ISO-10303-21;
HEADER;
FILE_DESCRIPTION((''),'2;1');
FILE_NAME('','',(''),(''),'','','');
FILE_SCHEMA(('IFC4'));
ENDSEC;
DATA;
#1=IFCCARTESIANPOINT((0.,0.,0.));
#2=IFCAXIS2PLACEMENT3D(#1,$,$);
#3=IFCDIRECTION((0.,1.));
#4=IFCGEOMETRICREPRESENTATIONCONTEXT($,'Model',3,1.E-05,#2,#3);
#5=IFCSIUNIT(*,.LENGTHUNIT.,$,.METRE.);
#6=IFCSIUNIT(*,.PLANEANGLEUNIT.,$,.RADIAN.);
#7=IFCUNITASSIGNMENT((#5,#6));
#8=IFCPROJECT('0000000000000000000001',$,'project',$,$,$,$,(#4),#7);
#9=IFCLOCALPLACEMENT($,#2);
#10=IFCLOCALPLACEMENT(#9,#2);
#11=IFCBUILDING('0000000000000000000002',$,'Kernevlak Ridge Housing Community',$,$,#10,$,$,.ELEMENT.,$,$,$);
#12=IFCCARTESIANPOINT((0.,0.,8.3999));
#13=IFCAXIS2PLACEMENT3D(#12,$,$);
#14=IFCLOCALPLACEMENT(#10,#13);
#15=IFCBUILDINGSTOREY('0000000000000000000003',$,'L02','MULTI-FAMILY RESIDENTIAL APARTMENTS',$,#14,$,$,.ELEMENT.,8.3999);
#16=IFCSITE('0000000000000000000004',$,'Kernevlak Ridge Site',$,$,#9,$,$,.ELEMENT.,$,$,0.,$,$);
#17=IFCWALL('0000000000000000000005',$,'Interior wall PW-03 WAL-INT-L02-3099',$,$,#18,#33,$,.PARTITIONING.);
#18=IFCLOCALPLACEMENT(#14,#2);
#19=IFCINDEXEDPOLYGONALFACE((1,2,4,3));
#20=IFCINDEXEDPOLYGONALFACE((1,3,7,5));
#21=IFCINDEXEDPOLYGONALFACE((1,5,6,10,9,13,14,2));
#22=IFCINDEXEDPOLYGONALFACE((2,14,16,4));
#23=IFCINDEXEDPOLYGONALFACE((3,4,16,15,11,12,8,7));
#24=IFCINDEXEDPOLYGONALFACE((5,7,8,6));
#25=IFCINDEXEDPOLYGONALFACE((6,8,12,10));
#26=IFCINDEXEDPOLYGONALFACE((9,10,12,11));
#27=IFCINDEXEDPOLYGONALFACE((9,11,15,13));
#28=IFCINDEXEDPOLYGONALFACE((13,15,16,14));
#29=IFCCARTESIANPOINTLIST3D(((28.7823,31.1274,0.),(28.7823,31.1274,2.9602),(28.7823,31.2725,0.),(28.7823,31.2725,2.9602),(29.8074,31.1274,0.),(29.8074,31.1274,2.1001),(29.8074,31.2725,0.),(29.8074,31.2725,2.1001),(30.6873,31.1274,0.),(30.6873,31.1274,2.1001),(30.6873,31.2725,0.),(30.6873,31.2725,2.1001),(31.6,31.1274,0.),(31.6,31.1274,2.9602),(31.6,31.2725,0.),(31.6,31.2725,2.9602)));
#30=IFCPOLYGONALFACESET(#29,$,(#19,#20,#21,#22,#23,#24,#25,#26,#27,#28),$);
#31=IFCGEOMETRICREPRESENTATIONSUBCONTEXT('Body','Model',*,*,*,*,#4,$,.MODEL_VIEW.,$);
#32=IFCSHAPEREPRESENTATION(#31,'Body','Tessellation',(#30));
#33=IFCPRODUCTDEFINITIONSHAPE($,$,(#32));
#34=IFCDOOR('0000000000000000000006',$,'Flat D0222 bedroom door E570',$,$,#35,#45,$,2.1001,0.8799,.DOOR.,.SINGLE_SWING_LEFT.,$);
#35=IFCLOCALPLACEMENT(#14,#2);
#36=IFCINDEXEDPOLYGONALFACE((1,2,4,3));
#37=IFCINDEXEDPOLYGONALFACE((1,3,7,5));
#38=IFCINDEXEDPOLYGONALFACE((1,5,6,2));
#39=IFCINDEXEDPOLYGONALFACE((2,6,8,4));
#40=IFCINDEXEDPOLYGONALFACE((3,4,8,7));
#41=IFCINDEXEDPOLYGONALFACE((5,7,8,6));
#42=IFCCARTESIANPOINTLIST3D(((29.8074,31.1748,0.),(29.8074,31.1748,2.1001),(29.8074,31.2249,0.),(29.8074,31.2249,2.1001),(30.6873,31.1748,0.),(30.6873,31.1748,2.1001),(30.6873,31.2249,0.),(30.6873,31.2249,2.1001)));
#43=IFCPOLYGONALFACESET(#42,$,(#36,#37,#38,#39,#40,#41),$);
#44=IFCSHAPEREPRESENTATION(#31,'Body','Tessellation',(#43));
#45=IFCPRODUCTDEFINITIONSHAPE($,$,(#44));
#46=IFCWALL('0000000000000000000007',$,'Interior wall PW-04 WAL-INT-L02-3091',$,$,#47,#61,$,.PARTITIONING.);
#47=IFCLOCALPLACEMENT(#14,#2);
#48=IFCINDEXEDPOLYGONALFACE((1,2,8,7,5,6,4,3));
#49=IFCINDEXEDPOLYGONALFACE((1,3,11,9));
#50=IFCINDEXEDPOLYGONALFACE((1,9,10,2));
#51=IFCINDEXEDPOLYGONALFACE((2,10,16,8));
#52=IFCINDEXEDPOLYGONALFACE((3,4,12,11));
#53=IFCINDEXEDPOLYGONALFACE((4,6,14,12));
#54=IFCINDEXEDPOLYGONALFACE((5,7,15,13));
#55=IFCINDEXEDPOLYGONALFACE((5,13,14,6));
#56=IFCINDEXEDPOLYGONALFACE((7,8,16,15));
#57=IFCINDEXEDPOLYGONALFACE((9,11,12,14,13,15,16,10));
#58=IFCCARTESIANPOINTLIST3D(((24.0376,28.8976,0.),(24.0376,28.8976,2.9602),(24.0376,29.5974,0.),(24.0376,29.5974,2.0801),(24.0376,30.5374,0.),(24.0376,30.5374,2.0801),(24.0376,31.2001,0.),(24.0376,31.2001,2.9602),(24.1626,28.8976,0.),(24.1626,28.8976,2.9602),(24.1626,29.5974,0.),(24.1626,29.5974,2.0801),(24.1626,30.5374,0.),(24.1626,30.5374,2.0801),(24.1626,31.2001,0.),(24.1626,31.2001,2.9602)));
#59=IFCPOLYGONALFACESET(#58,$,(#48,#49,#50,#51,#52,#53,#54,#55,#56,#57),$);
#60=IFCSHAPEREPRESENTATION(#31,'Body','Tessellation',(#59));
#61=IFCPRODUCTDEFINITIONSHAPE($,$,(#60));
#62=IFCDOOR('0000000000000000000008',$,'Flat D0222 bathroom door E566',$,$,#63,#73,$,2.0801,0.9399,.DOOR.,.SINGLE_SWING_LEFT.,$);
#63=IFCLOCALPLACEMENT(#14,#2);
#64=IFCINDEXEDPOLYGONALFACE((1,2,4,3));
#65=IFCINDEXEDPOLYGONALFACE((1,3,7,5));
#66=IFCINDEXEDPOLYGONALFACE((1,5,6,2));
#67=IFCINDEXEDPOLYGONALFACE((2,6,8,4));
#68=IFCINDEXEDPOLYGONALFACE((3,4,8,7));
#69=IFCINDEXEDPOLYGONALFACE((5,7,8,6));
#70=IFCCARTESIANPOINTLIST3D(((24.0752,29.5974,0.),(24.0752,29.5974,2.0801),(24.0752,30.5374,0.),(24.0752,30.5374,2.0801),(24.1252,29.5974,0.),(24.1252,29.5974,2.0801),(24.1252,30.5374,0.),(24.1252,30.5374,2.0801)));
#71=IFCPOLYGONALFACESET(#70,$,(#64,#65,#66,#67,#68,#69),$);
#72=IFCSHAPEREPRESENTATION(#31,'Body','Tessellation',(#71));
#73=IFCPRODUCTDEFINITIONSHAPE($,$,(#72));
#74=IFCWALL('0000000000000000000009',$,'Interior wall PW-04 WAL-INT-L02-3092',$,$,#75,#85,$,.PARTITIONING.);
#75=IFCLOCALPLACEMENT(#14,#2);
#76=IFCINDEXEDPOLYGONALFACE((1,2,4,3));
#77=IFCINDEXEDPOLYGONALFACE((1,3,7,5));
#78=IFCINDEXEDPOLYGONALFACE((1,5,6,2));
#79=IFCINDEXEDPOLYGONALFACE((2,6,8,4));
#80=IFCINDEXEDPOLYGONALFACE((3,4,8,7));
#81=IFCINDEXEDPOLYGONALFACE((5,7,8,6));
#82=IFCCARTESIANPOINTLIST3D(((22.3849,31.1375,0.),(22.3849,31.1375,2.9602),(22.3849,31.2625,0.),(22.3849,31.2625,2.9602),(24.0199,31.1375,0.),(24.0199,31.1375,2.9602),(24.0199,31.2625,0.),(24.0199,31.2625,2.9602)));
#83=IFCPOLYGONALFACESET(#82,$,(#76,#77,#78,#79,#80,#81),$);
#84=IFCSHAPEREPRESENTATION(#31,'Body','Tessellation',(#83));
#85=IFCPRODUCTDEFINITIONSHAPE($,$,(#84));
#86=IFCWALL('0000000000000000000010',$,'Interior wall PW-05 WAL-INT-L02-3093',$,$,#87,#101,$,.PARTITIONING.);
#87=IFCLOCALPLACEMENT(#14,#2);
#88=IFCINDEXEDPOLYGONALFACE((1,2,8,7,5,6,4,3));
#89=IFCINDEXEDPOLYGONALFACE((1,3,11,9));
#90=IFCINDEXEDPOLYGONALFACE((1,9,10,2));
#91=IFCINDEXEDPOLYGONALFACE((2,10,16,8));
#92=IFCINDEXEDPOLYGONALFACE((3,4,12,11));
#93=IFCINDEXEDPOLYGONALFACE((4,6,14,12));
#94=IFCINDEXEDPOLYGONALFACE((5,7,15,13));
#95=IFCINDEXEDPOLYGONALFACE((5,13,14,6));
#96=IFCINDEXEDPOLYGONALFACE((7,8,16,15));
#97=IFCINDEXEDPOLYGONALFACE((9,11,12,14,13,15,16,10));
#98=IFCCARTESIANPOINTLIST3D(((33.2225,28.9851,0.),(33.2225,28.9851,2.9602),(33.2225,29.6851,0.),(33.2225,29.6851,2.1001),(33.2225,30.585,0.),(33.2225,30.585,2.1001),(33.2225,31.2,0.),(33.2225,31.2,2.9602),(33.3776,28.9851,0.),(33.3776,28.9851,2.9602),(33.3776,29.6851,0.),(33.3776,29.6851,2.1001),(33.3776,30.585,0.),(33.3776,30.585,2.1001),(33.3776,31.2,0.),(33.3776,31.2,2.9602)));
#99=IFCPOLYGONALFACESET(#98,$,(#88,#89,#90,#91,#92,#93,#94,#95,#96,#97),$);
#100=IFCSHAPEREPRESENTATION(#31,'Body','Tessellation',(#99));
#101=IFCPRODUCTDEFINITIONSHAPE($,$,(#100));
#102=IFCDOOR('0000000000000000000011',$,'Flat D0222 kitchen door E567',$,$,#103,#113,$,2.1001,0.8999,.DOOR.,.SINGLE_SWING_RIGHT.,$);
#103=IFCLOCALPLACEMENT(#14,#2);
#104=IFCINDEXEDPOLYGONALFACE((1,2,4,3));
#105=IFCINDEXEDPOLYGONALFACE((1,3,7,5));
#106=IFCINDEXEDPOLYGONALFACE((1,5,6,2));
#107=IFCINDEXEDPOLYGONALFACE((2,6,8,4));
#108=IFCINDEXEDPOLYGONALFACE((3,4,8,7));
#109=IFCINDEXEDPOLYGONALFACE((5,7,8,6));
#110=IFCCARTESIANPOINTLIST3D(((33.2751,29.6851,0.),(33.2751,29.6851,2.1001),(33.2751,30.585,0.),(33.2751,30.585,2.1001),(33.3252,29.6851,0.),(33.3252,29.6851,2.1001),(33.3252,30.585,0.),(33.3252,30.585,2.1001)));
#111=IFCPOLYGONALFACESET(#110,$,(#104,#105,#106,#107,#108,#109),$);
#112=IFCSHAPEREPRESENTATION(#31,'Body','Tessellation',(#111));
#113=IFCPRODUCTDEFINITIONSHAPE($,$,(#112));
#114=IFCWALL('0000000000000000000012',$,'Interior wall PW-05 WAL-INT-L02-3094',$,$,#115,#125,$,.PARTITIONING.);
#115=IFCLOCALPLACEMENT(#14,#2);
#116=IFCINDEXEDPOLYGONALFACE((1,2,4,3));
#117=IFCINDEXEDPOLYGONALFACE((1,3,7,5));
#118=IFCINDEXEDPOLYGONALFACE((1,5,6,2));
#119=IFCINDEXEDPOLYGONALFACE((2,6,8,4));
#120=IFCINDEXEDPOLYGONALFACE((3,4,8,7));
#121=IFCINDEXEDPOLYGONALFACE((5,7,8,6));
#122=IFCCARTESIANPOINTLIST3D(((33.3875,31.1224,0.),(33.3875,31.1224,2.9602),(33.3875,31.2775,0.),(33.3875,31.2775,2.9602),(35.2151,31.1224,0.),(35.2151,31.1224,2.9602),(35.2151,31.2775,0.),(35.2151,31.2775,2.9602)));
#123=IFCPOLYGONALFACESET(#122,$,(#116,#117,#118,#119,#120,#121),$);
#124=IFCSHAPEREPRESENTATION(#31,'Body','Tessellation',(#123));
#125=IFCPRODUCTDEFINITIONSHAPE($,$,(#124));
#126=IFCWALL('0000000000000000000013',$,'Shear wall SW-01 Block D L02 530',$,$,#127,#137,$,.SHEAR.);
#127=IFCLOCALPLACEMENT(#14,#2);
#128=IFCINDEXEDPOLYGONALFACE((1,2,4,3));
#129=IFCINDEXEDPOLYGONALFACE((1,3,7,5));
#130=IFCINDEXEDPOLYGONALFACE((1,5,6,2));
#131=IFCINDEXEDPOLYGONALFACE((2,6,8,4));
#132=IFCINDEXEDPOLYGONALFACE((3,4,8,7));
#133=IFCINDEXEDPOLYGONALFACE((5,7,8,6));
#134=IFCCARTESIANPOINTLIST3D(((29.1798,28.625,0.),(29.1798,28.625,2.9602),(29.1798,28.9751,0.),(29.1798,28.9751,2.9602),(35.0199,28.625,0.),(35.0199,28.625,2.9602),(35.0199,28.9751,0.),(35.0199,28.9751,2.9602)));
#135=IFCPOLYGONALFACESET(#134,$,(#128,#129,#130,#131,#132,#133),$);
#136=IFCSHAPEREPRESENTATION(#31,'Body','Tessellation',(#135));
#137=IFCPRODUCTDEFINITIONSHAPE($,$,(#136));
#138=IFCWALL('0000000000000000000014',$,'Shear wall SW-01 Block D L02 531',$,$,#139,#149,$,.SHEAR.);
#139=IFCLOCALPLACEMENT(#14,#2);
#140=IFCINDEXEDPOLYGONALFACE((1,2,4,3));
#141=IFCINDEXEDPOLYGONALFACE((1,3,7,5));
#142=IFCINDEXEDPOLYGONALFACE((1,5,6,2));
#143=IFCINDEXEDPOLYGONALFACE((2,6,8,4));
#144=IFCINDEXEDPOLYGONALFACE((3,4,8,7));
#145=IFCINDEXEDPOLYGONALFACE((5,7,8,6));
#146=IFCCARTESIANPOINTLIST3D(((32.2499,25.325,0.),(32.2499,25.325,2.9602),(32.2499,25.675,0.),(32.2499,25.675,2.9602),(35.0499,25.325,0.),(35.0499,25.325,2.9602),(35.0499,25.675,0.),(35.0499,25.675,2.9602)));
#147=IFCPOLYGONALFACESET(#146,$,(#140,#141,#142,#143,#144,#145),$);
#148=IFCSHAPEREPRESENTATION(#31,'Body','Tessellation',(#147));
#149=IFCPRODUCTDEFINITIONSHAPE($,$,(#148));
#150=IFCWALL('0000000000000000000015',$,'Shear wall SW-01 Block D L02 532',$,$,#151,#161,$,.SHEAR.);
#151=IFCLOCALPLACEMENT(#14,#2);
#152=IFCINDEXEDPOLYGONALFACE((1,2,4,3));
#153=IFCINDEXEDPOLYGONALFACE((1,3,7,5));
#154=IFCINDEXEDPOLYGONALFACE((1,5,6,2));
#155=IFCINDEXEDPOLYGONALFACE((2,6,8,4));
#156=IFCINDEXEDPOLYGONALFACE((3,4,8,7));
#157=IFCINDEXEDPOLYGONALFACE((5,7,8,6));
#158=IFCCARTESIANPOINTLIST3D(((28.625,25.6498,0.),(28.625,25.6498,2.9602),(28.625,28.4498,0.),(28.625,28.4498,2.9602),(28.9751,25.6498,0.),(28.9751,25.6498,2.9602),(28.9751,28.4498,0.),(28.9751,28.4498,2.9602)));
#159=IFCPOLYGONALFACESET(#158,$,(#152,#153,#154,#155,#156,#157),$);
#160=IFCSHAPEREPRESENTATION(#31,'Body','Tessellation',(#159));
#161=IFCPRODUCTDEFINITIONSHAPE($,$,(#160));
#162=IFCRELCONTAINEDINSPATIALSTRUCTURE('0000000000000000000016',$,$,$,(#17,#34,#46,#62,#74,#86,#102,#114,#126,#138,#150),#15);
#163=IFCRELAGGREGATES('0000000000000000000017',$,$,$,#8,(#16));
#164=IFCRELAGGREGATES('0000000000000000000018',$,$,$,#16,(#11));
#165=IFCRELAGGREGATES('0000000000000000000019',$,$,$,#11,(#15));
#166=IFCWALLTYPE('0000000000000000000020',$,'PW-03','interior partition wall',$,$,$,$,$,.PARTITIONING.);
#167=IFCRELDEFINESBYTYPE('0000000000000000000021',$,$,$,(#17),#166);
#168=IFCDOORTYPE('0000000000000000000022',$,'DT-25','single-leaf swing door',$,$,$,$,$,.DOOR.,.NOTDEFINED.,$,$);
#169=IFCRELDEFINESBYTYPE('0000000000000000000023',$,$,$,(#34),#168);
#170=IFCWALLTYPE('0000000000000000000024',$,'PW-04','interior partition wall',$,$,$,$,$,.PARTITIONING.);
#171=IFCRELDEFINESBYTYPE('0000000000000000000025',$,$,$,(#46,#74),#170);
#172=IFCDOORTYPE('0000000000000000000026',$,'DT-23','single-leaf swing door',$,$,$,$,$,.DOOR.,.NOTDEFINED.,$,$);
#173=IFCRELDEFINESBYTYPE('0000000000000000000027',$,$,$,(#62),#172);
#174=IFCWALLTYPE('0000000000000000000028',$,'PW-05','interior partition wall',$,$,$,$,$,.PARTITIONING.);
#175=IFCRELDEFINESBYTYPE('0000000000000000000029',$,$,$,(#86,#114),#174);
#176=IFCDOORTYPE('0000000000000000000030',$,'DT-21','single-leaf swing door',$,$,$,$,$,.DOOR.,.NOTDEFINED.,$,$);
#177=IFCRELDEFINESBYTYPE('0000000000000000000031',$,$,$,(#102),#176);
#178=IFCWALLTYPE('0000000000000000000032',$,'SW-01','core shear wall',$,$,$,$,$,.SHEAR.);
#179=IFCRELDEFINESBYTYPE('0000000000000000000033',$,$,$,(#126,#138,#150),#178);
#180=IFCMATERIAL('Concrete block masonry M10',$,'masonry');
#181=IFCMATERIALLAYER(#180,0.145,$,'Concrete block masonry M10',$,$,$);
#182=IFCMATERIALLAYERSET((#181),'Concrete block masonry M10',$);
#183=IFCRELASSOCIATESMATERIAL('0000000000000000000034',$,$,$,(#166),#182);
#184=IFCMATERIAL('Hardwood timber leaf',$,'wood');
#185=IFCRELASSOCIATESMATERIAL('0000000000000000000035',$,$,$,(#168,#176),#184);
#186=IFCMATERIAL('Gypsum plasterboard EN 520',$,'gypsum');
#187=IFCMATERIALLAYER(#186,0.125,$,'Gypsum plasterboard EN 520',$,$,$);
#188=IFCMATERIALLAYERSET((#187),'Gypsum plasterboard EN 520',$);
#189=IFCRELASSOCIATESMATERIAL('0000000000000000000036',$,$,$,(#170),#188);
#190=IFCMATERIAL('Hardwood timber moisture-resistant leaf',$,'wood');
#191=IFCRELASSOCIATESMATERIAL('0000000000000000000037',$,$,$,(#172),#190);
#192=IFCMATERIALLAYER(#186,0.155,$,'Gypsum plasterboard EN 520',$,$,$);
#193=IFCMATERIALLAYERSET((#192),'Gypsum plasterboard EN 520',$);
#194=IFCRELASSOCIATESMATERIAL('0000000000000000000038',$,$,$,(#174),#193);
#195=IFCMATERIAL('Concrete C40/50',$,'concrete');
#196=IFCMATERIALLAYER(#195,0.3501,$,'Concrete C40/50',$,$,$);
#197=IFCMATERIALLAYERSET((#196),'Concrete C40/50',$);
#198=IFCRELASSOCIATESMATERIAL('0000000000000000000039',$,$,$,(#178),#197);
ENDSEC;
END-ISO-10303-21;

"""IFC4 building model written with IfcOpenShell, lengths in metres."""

from ifc_helpers import new_model, si_unit, direction, frame, frame_2d, origin, place, context, subcontext, project, spatial, rectangle, extrude, material, layer, layer_set, type_object, element, fill, save


model = new_model("IFC4")

# Units and contexts
model_context = context("Model", 3, precision=1e-05, world=origin(), true_north=direction((0.0, 1.0)))
body_context = subcontext(model_context, "Body", "Model", "MODEL_VIEW")
ifc_project = project(units=[si_unit("LENGTHUNIT", "METRE"), si_unit("PLANEANGLEUNIT", "RADIAN")], contexts=[model_context])

# Site, building, storey
site_placement = place(None, origin())
site = spatial("IfcSite", under=ifc_project, at=site_placement, Name="Kernevlak Ridge Site", CompositionType="ELEMENT", RefElevation=0.0)
building_placement = place(site_placement, origin())
building = spatial("IfcBuilding", under=site, at=building_placement, Name="Kernevlak Ridge Housing Community", CompositionType="ELEMENT")
storey_placement = place(building_placement, frame((0.0, 0.0, 8.3999)))
storey = spatial("IfcBuildingStorey", under=building, at=storey_placement, Name="L02", Description="MULTI-FAMILY RESIDENTIAL APARTMENTS", CompositionType="ELEMENT", Elevation=8.3999)

# Shared definitions
ifc_material_1 = material(Name="Concrete block masonry M10", Category="masonry")

# Walls, openings, doors
ifc_layer_1 = layer(ifc_material_1, 0.145, Name="Concrete block masonry M10")
ifc_layer_set_1 = layer_set([ifc_layer_1], Name="Concrete block masonry M10")
wall_type_1 = type_object("IfcWallType", Name="PW-03", Description="interior partition wall", PredefinedType="PARTITIONING", material=ifc_layer_set_1)
ifc_material_2 = material(Name="Hardwood timber leaf", Category="wood")
wall_1_placement = place(storey_placement, frame((28.7825, 31.2, 0.0), z_axis=(0.0, 0.0, 1.0), x_axis=(1.0, 0.0, 0.0)))
wall_1 = element("IfcWall", 1, at=wall_1_placement, inside=storey, type_object=wall_type_1, Name="Interior wall PW-03 WAL-INT-L02-3099", PredefinedType="PARTITIONING", context=body_context, shape_type="SweptSolid", body=[
    extrude(rectangle(XDim=2.8176, YDim=0.145, at=frame_2d((1.4087, 0.0))), origin(), (0.0, 0.0, 1.0), 2.9602),
])
opening_1_placement = place(wall_1_placement, frame((1.0249, 0.0, 0.0)))
opening_1 = element("IfcOpeningElement", 2, at=opening_1_placement, cuts=wall_1, PredefinedType="OPENING", context=body_context, shape_type="SweptSolid", body=[
    extrude(rectangle(XDim=0.8799, YDim=2.1001, at=frame_2d((0.4399, 1.05))), frame((0.0, 0.0825, 0.0), z_axis=(0.0, -1.0, 0.0), x_axis=(1.0, 0.0, 0.0)), (0.0, 0.0, 1.0), 0.165),
])
door_type_1 = type_object("IfcDoorType", Name="DT-25", Description="single-leaf swing door", OperationType="NOTDEFINED", PredefinedType="DOOR", material=ifc_material_2)
door_1_placement = place(opening_1_placement, origin())
door_1 = element("IfcDoor", 3, at=door_1_placement, inside=storey, type_object=door_type_1, Name="Flat D0222 bedroom door E570", OperationType="SINGLE_SWING_LEFT", OverallHeight=2.1001, OverallWidth=0.8799, PredefinedType="DOOR", context=body_context, shape_type="SweptSolid", body=[
    extrude(rectangle(XDim=0.8799, YDim=2.1001, at=frame_2d((0.4399, 1.05))), frame((0.0, 0.0249, 0.0), z_axis=(0.0, -1.0, 0.0), x_axis=(1.0, 0.0, 0.0)), (0.0, 0.0, 1.0), 0.05),
])
fill(opening_1, door_1)
ifc_material_3 = material(Name="Gypsum plasterboard EN 520", Category="gypsum")
ifc_layer_2 = layer(ifc_material_3, 0.125, Name="Gypsum plasterboard EN 520")
ifc_layer_set_2 = layer_set([ifc_layer_2], Name="Gypsum plasterboard EN 520")
wall_type_2 = type_object("IfcWallType", Name="PW-04", Description="interior partition wall", PredefinedType="PARTITIONING", material=ifc_layer_set_2)
wall_2_placement = place(storey_placement, frame((24.1001, 28.8975, 0.0), z_axis=(0.0, 0.0, 1.0), x_axis=(0.0, 1.0, 0.0)))
wall_2 = element("IfcWall", 4, at=wall_2_placement, inside=storey, type_object=wall_type_2, Name="Interior wall PW-04 WAL-INT-L02-3091", PredefinedType="PARTITIONING", context=body_context, shape_type="SweptSolid", body=[
    extrude(rectangle(XDim=2.3025, YDim=0.125, at=frame_2d((1.1514, 0.0))), origin(), (0.0, 0.0, 1.0), 2.9602),
])
opening_2_placement = place(wall_2_placement, frame((0.7, 0.0, 0.0)))
opening_2 = element("IfcOpeningElement", 5, at=opening_2_placement, cuts=wall_2, PredefinedType="OPENING", context=body_context, shape_type="SweptSolid", body=[
    extrude(rectangle(XDim=0.9399, YDim=2.0801, at=frame_2d((0.47, 1.04))), frame((0.0, 0.0725, 0.0), z_axis=(0.0, -1.0, 0.0), x_axis=(1.0, 0.0, 0.0)), (0.0, 0.0, 1.0), 0.145),
])
ifc_material_4 = material(Name="Hardwood timber moisture-resistant leaf", Category="wood")
door_type_2 = type_object("IfcDoorType", Name="DT-23", Description="single-leaf swing door", OperationType="NOTDEFINED", PredefinedType="DOOR", material=ifc_material_4)
door_2_placement = place(opening_2_placement, origin())
door_2 = element("IfcDoor", 6, at=door_2_placement, inside=storey, type_object=door_type_2, Name="Flat D0222 bathroom door E566", OperationType="SINGLE_SWING_LEFT", OverallHeight=2.0801, OverallWidth=0.9399, PredefinedType="DOOR", context=body_context, shape_type="SweptSolid", body=[
    extrude(rectangle(XDim=0.9399, YDim=2.0801, at=frame_2d((0.47, 1.04))), frame((0.0, 0.0249, 0.0), z_axis=(0.0, -1.0, 0.0), x_axis=(1.0, 0.0, 0.0)), (0.0, 0.0, 1.0), 0.05),
])
fill(opening_2, door_2)

# Wall
wall_3_placement = place(storey_placement, frame((22.385, 31.2, 0.0), z_axis=(0.0, 0.0, 1.0), x_axis=(1.0, 0.0, 0.0)))
element("IfcWall", 7, at=wall_3_placement, inside=storey, type_object=wall_type_2, Name="Interior wall PW-04 WAL-INT-L02-3092", PredefinedType="PARTITIONING", context=body_context, shape_type="SweptSolid", body=[
    extrude(rectangle(XDim=1.635, YDim=0.125, at=frame_2d((0.8174, 0.0))), origin(), (0.0, 0.0, 1.0), 2.9602),
])

# Wall, opening, door
ifc_layer_3 = layer(ifc_material_3, 0.155, Name="Gypsum plasterboard EN 520")
ifc_layer_set_3 = layer_set([ifc_layer_3], Name="Gypsum plasterboard EN 520")
wall_type_3 = type_object("IfcWallType", Name="PW-05", Description="interior partition wall", PredefinedType="PARTITIONING", material=ifc_layer_set_3)
wall_4_placement = place(storey_placement, frame((33.3, 28.9851, 0.0), z_axis=(0.0, 0.0, 1.0), x_axis=(0.0, 1.0, 0.0)))
wall_4 = element("IfcWall", 8, at=wall_4_placement, inside=storey, type_object=wall_type_3, Name="Interior wall PW-05 WAL-INT-L02-3093", PredefinedType="PARTITIONING", context=body_context, shape_type="SweptSolid", body=[
    extrude(rectangle(XDim=2.2148, YDim=0.155, at=frame_2d((1.1074, 0.0))), origin(), (0.0, 0.0, 1.0), 2.9602),
])
opening_3_placement = place(wall_4_placement, frame((0.7, 0.0, 0.0)))
opening_3 = element("IfcOpeningElement", 9, at=opening_3_placement, cuts=wall_4, PredefinedType="OPENING", context=body_context, shape_type="SweptSolid", body=[
    extrude(rectangle(XDim=0.8999, YDim=2.1001, at=frame_2d((0.45, 1.05))), frame((0.0, 0.0874, 0.0), z_axis=(0.0, -1.0, 0.0), x_axis=(1.0, 0.0, 0.0)), (0.0, 0.0, 1.0), 0.175),
])
door_type_3 = type_object("IfcDoorType", Name="DT-21", Description="single-leaf swing door", OperationType="NOTDEFINED", PredefinedType="DOOR", material=ifc_material_2)
door_3_placement = place(opening_3_placement, origin())
door_3 = element("IfcDoor", 10, at=door_3_placement, inside=storey, type_object=door_type_3, Name="Flat D0222 kitchen door E567", OperationType="SINGLE_SWING_RIGHT", OverallHeight=2.1001, OverallWidth=0.8999, PredefinedType="DOOR", context=body_context, shape_type="SweptSolid", body=[
    extrude(rectangle(XDim=0.8999, YDim=2.1001, at=frame_2d((0.45, 1.05))), frame((0.0, 0.0249, 0.0), z_axis=(0.0, -1.0, 0.0), x_axis=(1.0, 0.0, 0.0)), (0.0, 0.0, 1.0), 0.05),
])
fill(opening_3, door_3)

# Walls
wall_5_placement = place(storey_placement, frame((33.3875, 31.2, 0.0), z_axis=(0.0, 0.0, 1.0), x_axis=(1.0, 0.0, 0.0)))
element("IfcWall", 11, at=wall_5_placement, inside=storey, type_object=wall_type_3, Name="Interior wall PW-05 WAL-INT-L02-3094", PredefinedType="PARTITIONING", context=body_context, shape_type="SweptSolid", body=[
    extrude(rectangle(XDim=1.8276, YDim=0.155, at=frame_2d((0.9138, 0.0))), origin(), (0.0, 0.0, 1.0), 2.9602),
])
ifc_material_5 = material(Name="Concrete C40/50", Category="concrete")
ifc_layer_4 = layer(ifc_material_5, 0.3501, Name="Concrete C40/50")
ifc_layer_set_4 = layer_set([ifc_layer_4], Name="Concrete C40/50")
wall_type_4 = type_object("IfcWallType", Name="SW-01", Description="core shear wall", PredefinedType="SHEAR", material=ifc_layer_set_4)
wall_6_placement = place(storey_placement, frame((29.1799, 28.8, 0.0), z_axis=(0.0, 0.0, 1.0), x_axis=(1.0, 0.0, 0.0)))
element("IfcWall", 12, at=wall_6_placement, inside=storey, type_object=wall_type_4, Name="Shear wall SW-01 Block D L02 530", PredefinedType="SHEAR", context=body_context, shape_type="SweptSolid", body=[
    extrude(rectangle(XDim=5.8401, YDim=0.3501, at=frame_2d((2.9199, 0.0))), origin(), (0.0, 0.0, 1.0), 2.9602),
])
for number, where, z_axis, x_axis, name in (
    (13, (32.25, 25.5, 0.0), (0.0, 0.0, 1.0), (1.0, 0.0, 0.0), "Shear wall SW-01 Block D L02 531"),
    (14, (28.8, 25.6499, 0.0), (0.0, 0.0, 1.0), (0.0, 1.0, 0.0), "Shear wall SW-01 Block D L02 532"),
):
    element("IfcWall", number, at=place(storey_placement, frame(where, z_axis=z_axis, x_axis=x_axis)), inside=storey, type_object=wall_type_4, Name=name, PredefinedType="SHEAR", context=body_context, shape_type="SweptSolid", body=[
        extrude(rectangle(XDim=2.8, YDim=0.3501, at=frame_2d((1.3999, 0.0))), origin(), (0.0, 0.0, 1.0), 2.9602),
    ])

save(model, "model.ifc")
